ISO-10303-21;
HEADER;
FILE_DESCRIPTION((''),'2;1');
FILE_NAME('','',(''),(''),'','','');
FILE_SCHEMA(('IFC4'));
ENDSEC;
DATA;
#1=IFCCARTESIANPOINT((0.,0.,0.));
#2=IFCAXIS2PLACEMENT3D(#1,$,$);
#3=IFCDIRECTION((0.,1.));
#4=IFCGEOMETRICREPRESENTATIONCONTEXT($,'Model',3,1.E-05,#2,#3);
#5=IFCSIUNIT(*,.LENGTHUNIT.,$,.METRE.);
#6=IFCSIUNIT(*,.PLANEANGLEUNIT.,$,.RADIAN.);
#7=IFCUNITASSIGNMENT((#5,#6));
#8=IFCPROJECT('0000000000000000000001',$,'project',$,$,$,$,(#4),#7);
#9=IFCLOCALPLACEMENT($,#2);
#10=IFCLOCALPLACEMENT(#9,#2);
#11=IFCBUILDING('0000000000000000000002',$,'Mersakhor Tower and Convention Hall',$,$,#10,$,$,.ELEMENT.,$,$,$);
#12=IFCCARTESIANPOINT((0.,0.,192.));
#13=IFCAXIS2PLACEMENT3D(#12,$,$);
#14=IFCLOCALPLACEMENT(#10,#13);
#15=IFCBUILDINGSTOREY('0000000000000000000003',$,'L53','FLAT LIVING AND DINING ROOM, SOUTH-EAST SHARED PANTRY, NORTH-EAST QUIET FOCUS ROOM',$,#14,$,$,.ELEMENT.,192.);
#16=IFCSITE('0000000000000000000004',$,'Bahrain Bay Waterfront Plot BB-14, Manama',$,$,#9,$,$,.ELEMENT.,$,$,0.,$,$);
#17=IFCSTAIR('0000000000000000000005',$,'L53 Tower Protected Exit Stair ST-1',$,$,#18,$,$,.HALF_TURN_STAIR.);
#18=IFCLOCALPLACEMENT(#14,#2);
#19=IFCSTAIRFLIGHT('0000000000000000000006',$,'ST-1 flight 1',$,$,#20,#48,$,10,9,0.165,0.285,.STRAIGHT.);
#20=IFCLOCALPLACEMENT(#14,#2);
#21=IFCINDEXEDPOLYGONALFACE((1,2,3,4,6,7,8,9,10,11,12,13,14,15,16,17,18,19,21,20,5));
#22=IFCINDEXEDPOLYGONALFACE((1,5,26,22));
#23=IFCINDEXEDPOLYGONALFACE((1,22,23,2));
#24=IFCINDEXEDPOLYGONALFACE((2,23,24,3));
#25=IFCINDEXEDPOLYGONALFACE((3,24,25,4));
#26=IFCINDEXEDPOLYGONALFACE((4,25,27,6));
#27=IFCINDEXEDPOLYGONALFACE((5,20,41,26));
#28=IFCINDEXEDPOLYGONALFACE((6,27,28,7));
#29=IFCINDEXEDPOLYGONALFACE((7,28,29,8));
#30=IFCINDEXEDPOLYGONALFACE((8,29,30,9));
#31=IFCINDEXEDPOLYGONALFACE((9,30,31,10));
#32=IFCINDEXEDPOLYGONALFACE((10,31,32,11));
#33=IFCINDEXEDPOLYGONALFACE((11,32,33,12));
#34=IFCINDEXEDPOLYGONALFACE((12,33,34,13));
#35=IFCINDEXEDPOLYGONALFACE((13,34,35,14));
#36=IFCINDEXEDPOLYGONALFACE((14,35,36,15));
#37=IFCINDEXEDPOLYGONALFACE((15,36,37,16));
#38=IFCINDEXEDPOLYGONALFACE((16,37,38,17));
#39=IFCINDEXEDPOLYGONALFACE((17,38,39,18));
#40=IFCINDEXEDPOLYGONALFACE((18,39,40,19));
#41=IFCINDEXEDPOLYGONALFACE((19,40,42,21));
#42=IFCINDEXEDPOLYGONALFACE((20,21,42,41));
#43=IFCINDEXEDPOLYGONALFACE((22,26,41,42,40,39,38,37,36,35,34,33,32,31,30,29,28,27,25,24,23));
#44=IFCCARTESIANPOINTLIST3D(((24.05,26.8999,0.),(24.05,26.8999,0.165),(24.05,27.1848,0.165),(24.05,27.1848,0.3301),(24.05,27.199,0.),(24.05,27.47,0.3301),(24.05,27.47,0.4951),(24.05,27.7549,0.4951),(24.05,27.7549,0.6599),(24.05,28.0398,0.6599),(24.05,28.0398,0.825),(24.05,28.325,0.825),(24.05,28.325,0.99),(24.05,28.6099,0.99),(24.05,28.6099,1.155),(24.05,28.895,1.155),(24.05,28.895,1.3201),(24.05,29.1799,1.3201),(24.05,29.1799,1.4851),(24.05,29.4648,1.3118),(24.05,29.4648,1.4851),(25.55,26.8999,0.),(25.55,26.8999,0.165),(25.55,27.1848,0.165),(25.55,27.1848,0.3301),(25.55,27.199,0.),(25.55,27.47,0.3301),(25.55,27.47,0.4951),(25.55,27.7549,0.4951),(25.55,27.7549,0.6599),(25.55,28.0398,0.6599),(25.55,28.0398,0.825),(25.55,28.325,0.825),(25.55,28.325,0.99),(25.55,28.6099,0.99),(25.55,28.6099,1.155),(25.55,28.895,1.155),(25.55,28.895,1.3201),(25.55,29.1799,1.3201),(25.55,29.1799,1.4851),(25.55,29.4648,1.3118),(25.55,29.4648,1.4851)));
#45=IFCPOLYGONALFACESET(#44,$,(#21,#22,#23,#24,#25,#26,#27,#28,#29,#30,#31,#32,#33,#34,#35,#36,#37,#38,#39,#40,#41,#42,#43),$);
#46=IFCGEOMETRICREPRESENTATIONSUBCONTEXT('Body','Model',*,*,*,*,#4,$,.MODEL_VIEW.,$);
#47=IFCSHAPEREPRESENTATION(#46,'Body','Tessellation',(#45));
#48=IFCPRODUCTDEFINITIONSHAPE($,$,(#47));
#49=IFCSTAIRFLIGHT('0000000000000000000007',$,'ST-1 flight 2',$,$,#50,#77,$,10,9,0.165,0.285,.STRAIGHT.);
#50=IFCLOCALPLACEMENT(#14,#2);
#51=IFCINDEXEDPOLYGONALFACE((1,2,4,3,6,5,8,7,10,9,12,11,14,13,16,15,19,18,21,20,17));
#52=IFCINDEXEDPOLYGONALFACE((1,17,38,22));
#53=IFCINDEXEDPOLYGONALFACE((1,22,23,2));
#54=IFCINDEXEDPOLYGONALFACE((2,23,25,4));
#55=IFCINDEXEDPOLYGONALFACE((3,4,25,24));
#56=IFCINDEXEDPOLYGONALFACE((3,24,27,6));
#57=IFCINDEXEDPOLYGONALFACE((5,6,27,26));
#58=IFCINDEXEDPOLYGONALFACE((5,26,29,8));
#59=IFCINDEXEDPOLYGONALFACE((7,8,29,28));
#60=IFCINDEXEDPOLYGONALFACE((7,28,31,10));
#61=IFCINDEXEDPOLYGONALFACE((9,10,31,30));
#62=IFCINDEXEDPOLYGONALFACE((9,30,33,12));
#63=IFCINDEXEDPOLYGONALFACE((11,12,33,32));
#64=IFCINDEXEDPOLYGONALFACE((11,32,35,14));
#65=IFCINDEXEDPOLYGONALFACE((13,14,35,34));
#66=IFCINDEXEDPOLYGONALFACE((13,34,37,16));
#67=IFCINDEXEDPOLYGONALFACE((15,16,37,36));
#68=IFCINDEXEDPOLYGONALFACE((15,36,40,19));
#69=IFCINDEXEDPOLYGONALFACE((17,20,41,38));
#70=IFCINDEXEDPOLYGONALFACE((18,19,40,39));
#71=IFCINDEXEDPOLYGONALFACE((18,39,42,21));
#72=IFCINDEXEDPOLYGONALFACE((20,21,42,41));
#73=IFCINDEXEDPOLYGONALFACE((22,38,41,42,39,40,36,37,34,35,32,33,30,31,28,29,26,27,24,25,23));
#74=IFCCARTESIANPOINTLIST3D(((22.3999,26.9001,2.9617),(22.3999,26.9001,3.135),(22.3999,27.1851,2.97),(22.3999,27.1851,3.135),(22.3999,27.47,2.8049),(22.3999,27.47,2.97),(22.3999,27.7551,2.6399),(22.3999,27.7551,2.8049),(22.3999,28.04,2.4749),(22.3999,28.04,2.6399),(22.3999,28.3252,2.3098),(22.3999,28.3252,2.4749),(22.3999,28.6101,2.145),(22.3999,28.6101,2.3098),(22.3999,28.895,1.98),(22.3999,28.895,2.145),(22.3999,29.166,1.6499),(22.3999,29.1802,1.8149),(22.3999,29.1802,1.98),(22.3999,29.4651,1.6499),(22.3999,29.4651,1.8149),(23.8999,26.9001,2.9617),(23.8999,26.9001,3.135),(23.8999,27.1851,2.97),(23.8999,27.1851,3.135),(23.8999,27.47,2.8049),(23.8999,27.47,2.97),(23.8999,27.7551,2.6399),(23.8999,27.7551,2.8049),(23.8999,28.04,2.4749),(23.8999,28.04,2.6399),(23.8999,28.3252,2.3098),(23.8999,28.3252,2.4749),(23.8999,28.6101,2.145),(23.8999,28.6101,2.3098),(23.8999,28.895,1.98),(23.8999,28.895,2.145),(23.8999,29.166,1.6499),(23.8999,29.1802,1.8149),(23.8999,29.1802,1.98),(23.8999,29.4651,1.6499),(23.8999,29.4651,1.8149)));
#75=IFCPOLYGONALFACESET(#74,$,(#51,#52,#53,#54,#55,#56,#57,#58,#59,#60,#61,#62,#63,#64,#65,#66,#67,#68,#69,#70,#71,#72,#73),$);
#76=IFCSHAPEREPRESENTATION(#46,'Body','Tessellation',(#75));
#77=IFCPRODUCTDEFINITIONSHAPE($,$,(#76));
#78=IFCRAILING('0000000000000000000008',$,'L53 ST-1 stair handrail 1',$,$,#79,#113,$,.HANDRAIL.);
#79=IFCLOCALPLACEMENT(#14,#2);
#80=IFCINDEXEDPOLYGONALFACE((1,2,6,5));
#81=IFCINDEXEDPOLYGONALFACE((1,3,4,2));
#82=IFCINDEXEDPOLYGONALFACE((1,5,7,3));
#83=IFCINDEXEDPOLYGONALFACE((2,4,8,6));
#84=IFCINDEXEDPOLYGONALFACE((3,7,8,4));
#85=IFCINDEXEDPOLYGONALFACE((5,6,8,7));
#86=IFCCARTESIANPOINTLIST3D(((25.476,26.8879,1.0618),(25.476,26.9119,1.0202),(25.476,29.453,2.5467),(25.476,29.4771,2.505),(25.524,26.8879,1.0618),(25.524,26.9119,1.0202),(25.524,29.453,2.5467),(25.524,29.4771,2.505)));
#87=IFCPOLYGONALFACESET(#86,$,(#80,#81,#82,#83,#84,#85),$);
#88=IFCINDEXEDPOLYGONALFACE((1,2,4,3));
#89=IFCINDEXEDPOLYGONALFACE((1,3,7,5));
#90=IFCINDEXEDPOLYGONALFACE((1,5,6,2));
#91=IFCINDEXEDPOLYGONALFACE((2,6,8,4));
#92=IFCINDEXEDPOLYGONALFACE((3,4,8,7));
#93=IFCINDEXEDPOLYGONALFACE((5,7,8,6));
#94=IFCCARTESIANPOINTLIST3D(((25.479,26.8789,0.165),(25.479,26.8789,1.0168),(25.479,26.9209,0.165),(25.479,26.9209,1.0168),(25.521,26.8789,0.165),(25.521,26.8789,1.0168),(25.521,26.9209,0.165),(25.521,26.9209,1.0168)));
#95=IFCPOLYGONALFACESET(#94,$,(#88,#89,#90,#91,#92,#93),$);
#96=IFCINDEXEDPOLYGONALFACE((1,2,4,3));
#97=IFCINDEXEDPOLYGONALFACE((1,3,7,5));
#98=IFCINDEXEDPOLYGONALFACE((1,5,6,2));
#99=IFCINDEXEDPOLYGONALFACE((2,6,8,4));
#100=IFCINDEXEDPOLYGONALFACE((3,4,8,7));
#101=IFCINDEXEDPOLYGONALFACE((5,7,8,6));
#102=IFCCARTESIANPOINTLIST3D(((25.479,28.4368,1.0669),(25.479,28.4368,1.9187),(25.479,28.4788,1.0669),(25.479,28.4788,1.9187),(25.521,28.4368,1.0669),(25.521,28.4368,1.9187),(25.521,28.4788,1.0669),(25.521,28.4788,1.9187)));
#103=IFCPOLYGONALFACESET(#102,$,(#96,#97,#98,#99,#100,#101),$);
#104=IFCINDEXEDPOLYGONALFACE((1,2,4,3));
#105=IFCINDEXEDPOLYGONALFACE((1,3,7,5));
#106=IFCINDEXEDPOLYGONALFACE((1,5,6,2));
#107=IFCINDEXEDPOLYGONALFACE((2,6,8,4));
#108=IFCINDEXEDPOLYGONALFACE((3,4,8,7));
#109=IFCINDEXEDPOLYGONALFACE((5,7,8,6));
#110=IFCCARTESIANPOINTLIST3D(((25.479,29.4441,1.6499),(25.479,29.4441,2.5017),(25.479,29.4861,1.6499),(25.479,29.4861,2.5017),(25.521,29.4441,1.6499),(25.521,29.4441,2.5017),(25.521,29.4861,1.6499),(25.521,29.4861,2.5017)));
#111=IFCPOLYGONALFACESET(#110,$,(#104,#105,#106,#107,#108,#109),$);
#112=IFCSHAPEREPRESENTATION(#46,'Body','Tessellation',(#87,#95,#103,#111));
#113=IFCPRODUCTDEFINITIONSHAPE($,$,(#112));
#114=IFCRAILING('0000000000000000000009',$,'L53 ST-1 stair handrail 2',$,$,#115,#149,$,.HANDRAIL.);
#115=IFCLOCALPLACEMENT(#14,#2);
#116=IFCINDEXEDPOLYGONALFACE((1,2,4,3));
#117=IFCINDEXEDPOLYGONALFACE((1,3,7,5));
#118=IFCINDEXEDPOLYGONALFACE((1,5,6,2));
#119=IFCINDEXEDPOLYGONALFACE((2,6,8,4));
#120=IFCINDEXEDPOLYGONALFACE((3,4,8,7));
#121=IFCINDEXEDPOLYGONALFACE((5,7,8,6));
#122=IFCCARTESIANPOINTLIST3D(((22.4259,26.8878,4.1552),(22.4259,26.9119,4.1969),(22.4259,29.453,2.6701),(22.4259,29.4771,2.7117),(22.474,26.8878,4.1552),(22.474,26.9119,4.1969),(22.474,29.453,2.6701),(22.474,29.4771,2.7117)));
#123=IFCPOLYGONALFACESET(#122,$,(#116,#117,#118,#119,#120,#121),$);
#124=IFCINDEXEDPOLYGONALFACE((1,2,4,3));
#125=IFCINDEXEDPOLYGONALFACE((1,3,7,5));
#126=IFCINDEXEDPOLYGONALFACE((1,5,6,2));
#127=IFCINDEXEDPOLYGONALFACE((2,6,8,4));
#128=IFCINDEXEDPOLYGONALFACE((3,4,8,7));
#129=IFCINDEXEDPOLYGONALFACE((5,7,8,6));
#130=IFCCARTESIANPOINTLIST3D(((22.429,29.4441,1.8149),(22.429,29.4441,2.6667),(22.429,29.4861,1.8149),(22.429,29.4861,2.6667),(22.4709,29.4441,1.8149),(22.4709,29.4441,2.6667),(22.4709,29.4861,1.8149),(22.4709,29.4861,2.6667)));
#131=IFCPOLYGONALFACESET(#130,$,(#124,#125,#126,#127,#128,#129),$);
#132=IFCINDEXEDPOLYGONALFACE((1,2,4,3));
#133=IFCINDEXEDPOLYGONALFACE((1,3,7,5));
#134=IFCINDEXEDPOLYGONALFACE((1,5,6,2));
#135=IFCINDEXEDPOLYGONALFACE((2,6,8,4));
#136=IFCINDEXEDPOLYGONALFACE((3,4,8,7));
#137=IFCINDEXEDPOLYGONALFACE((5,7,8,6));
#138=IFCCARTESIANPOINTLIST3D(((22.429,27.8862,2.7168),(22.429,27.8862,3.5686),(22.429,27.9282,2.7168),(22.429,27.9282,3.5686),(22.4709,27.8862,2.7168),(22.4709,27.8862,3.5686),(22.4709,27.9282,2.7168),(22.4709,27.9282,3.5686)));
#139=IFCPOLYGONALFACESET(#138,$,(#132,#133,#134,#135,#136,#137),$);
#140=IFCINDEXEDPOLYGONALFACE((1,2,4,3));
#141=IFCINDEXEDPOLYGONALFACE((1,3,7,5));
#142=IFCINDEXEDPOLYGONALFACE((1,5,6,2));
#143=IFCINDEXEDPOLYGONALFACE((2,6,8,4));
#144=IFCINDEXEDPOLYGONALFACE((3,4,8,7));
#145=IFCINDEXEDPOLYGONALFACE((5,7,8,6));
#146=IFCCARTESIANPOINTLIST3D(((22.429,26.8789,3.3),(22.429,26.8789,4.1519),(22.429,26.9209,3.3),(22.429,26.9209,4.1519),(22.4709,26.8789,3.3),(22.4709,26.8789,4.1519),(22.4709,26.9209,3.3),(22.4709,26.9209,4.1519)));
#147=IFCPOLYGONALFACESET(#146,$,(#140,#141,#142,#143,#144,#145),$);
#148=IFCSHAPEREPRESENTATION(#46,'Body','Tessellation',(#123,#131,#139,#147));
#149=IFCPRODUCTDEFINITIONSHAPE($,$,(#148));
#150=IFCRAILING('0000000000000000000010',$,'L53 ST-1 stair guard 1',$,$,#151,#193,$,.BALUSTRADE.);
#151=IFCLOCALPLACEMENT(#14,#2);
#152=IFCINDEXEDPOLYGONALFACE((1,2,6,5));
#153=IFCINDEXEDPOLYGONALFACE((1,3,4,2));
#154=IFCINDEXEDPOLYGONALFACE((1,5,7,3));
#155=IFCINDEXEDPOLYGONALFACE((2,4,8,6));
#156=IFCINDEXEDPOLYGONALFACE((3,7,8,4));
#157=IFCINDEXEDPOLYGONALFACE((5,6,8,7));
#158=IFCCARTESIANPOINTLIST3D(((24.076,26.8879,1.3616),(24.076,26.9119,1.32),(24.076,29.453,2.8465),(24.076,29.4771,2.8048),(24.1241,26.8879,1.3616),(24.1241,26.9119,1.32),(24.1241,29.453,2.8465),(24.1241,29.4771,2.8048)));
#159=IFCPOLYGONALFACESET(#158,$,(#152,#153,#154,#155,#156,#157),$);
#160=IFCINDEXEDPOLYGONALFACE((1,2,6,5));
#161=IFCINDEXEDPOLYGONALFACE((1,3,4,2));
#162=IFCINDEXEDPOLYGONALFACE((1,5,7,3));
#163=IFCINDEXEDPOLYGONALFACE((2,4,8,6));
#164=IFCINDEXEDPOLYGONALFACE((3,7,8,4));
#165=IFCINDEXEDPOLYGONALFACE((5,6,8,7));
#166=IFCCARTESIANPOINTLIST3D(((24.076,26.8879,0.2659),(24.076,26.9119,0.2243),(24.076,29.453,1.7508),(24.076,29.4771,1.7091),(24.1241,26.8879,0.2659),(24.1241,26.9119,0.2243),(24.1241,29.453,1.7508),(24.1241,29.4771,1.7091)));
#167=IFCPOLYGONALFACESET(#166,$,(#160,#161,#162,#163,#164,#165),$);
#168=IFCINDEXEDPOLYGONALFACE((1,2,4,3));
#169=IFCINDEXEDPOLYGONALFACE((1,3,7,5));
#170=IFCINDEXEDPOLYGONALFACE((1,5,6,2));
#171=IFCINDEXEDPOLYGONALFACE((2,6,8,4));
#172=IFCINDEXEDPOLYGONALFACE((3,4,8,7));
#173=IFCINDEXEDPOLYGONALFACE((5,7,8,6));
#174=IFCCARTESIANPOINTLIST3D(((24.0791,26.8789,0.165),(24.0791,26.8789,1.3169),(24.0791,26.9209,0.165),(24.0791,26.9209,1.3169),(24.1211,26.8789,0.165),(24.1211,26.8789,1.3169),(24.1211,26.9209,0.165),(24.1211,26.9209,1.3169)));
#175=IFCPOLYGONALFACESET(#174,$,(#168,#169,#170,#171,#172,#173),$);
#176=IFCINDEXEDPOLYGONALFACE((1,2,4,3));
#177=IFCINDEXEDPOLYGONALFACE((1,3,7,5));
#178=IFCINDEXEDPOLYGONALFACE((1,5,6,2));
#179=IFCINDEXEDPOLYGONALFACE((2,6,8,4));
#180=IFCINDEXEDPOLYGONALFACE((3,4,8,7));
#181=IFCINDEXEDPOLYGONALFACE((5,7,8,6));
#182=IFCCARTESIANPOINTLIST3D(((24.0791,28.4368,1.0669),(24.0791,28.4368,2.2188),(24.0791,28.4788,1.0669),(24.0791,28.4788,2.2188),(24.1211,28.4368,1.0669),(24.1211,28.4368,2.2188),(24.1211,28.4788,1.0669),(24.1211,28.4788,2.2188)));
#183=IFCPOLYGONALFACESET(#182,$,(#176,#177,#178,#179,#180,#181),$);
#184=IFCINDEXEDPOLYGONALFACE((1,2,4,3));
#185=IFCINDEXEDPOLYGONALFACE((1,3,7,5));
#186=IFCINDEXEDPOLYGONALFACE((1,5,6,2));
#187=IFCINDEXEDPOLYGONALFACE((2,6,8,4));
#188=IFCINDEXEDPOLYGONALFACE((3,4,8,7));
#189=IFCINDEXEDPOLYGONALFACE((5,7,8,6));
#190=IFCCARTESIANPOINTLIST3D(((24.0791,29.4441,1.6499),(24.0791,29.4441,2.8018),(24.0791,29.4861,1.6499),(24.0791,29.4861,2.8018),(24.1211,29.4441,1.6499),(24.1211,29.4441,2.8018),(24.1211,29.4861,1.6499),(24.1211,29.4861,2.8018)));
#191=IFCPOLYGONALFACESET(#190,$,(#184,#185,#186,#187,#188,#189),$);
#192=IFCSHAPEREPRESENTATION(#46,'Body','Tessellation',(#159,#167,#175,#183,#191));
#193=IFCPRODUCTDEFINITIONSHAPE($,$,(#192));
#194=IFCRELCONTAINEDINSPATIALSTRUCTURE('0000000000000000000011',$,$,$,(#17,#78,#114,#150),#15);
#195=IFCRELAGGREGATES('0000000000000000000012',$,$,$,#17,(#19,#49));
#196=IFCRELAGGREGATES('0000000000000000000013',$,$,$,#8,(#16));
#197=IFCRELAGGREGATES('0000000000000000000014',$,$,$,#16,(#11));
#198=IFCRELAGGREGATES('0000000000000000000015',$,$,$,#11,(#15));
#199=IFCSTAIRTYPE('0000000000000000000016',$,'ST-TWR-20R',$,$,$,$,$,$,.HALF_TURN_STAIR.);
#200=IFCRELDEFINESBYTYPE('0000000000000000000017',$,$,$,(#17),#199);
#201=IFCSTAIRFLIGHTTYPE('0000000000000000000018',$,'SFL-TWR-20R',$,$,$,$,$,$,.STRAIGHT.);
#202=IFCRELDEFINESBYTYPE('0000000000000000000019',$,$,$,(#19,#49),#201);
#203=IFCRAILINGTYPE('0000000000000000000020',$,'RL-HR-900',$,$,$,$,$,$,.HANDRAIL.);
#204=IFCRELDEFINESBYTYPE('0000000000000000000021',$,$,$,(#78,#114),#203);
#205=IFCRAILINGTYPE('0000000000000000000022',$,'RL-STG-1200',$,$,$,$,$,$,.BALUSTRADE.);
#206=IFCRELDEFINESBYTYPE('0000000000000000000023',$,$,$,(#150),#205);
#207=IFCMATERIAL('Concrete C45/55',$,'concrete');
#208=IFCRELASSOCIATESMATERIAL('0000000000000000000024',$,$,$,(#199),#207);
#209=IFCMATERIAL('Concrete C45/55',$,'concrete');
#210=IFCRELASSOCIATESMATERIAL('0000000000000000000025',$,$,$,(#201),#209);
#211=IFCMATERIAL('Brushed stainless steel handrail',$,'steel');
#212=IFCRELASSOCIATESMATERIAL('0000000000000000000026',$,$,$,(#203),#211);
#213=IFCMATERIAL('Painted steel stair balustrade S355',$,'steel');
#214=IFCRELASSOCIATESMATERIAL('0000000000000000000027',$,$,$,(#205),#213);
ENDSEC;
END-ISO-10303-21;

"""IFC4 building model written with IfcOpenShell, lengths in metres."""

from ifc_helpers import new_model, si_unit, direction, frame, origin, origin_2d, place, context, subcontext, project, spatial, polyline, rectangle, outline, extrude, material, type_object, element, aggregate, save


model = new_model("IFC4")

# Units and contexts
model_context = context("Model", 3, precision=1e-05, world=origin(), true_north=direction((0.0, 1.0)))
body_context = subcontext(model_context, "Body", "Model", "MODEL_VIEW")
ifc_project = project(units=[si_unit("LENGTHUNIT", "METRE"), si_unit("PLANEANGLEUNIT", "RADIAN")], contexts=[model_context])

# Site, building, storey
site_placement = place(None, origin())
site = spatial("IfcSite", under=ifc_project, at=site_placement, Name="Bahrain Bay Waterfront Plot BB-14, Manama", CompositionType="ELEMENT", RefElevation=0.0)
building_placement = place(site_placement, origin())
building = spatial("IfcBuilding", under=site, at=building_placement, Name="Mersakhor Tower and Convention Hall", CompositionType="ELEMENT")
storey_placement = place(building_placement, frame((0.0, 0.0, 192.0)))
storey = spatial("IfcBuildingStorey", under=building, at=storey_placement, Name="L53", Description="FLAT LIVING AND DINING ROOM, SOUTH-EAST SHARED PANTRY, NORTH-EAST QUIET FOCUS ROOM", CompositionType="ELEMENT", Elevation=192.0)

# Stair, stair flights
ifc_material_1 = material(Name="Concrete C45/55", Category="concrete")
stair_type = type_object("IfcStairType", Name="ST-TWR-20R", PredefinedType="HALF_TURN_STAIR", material=ifc_material_1)
stair_placement = place(storey_placement, origin())
stair = element("IfcStair", 1, at=stair_placement, inside=storey, type_object=stair_type, Name="L53 Tower Protected Exit Stair ST-1", PredefinedType="HALF_TURN_STAIR")
ifc_material_2 = material(Name="Concrete C45/55", Category="concrete")
stair_flight_type = type_object("IfcStairFlightType", Name="SFL-TWR-20R", PredefinedType="STRAIGHT", material=ifc_material_2)
stair_flight_1_placement = place(storey_placement, frame((24.8, 26.8999, 0.0), z_axis=(0.0, 0.0, 1.0), x_axis=(0.0, 1.0, 0.0)))
stair_flight_1 = element("IfcStairFlight", 2, at=stair_flight_1_placement, type_object=stair_flight_type, Name="ST-1 flight 1", NumberOfRisers=10, NumberOfTreads=9, PredefinedType="STRAIGHT", RiserHeight=0.165, TreadLength=0.285, context=body_context, shape_type="SweptSolid", body=[
    extrude(outline(polyline([(0.0, 0.0), (0.0, 0.165), (0.2849, 0.165), (0.2849, 0.3301), (0.5701, 0.3301), (0.5701, 0.4951), (0.855, 0.4951), (0.855, 0.6599), (1.1399, 0.6599), (1.1399, 0.825), (1.425, 0.825), (1.425, 0.99), (1.71, 0.99), (1.71, 1.155), (1.9951, 1.155), (1.9951, 1.3201), (2.28, 1.3201), (2.28, 1.4851), (2.5649, 1.4851), (2.5649, 1.6499), (2.5649, 1.3118), (0.2991, 0.0), (0.0, 0.0)])), frame((0.0, 0.75, 0.0), z_axis=(0.0, -1.0, 0.0), x_axis=(1.0, 0.0, 0.0)), (0.0, 0.0, 1.0), 1.5),
])
stair_flight_2_placement = place(storey_placement, frame((23.1499, 29.4651, 1.6499), z_axis=(0.0, 0.0, 1.0), x_axis=(0.0, -1.0, 0.0)))
stair_flight_2 = element("IfcStairFlight", 3, at=stair_flight_2_placement, type_object=stair_flight_type, Name="ST-1 flight 2", NumberOfRisers=10, NumberOfTreads=9, PredefinedType="STRAIGHT", RiserHeight=0.165, TreadLength=0.285, context=body_context, shape_type="SweptSolid", body=[
    extrude(outline(polyline([(0.0, 0.0), (0.0, 0.165), (0.2849, 0.165), (0.2849, 0.3301), (0.5701, 0.3301), (0.5701, 0.4951), (0.855, 0.4951), (0.855, 0.6599), (1.1399, 0.6599), (1.1399, 0.825), (1.425, 0.825), (1.425, 0.99), (1.71, 0.99), (1.71, 1.155), (1.9951, 1.155), (1.9951, 1.3201), (2.28, 1.3201), (2.28, 1.4851), (2.5649, 1.4851), (2.5649, 1.6499), (2.5649, 1.3118), (0.2991, 0.0), (0.0, 0.0)])), frame((0.0, 0.75, 0.0), z_axis=(0.0, -1.0, 0.0), x_axis=(1.0, 0.0, 0.0)), (0.0, 0.0, 1.0), 1.5),
])
aggregate(stair, [stair_flight_1, stair_flight_2])

# Railings
ifc_material_3 = material(Name="Brushed stainless steel handrail", Category="steel")
railing_type_1 = type_object("IfcRailingType", Name="RL-HR-900", PredefinedType="HANDRAIL", material=ifc_material_3)
railing_1_placement = place(storey_placement, frame((25.5, 26.8999, 0.165)))
element("IfcRailing", 4, at=railing_1_placement, inside=storey, type_object=railing_type_1, Name="L53 ST-1 stair handrail 1", PredefinedType="HANDRAIL", context=body_context, shape_type="SweptSolid", body=[
    extrude(rectangle(XDim=0.0481, YDim=0.0481, at=origin_2d()), frame((0.0, 0.0, 0.876), z_axis=(0.0, 0.865462, 0.500975), x_axis=(-1.0, 0.0, 0.0)), (0.0, 0.0, 1.0), 2.9639),
    extrude(rectangle(XDim=0.042, YDim=0.042, at=origin_2d()), origin(), (0.0, 0.0, 1.0), 0.8518),
    extrude(rectangle(XDim=0.042, YDim=0.042, at=origin_2d()), frame((0.0, 1.5579, 0.9019)), (0.0, 0.0, 1.0), 0.8518),
    extrude(rectangle(XDim=0.042, YDim=0.042, at=origin_2d()), frame((0.0, 2.5652, 1.4849)), (0.0, 0.0, 1.0), 0.8518),
])
railing_2_placement = place(storey_placement, frame((22.45, 29.4651, 1.8149)))
element("IfcRailing", 5, at=railing_2_placement, inside=storey, type_object=railing_type_1, Name="L53 ST-1 stair handrail 2", PredefinedType="HANDRAIL", context=body_context, shape_type="SweptSolid", body=[
    extrude(rectangle(XDim=0.0481, YDim=0.0481, at=origin_2d()), frame((0.0, 0.0, 0.876), z_axis=(0.0, -0.865426, 0.501036), x_axis=(1.0, 0.0, 0.0)), (0.0, 0.0, 1.0), 2.9641),
    extrude(rectangle(XDim=0.042, YDim=0.042, at=origin_2d()), origin(), (0.0, 0.0, 1.0), 0.8518),
    extrude(rectangle(XDim=0.042, YDim=0.042, at=origin_2d()), frame((0.0, -1.5579, 0.9019)), (0.0, 0.0, 1.0), 0.8518),
    extrude(rectangle(XDim=0.042, YDim=0.042, at=origin_2d()), frame((0.0, -2.5652, 1.4851)), (0.0, 0.0, 1.0), 0.8518),
])
ifc_material_4 = material(Name="Painted steel stair balustrade S355", Category="steel")
railing_type_2 = type_object("IfcRailingType", Name="RL-STG-1200", PredefinedType="BALUSTRADE", material=ifc_material_4)
railing_3_placement = place(storey_placement, frame((24.1001, 26.8999, 0.165)))
element("IfcRailing", 6, at=railing_3_placement, inside=storey, type_object=railing_type_2, Name="L53 ST-1 stair guard 1", PredefinedType="BALUSTRADE", context=body_context, shape_type="SweptSolid", body=[
    extrude(rectangle(XDim=0.0481, YDim=0.0481, at=origin_2d()), frame((0.0, 0.0, 1.1758), z_axis=(0.0, 0.865462, 0.500975), x_axis=(-1.0, 0.0, 0.0)), (0.0, 0.0, 1.0), 2.9639),
    extrude(rectangle(XDim=0.0481, YDim=0.0481, at=origin_2d()), frame((0.0, 0.0, 0.0801), z_axis=(0.0, 0.865462, 0.500975), x_axis=(-1.0, 0.0, 0.0)), (0.0, 0.0, 1.0), 2.9639),
    extrude(rectangle(XDim=0.042, YDim=0.042, at=origin_2d()), origin(), (0.0, 0.0, 1.0), 1.1519),
    extrude(rectangle(XDim=0.042, YDim=0.042, at=origin_2d()), frame((0.0, 1.5579, 0.9019)), (0.0, 0.0, 1.0), 1.1519),
    extrude(rectangle(XDim=0.042, YDim=0.042, at=origin_2d()), frame((0.0, 2.5652, 1.4849)), (0.0, 0.0, 1.0), 1.1519),
])

save(model, "model.ifc")
